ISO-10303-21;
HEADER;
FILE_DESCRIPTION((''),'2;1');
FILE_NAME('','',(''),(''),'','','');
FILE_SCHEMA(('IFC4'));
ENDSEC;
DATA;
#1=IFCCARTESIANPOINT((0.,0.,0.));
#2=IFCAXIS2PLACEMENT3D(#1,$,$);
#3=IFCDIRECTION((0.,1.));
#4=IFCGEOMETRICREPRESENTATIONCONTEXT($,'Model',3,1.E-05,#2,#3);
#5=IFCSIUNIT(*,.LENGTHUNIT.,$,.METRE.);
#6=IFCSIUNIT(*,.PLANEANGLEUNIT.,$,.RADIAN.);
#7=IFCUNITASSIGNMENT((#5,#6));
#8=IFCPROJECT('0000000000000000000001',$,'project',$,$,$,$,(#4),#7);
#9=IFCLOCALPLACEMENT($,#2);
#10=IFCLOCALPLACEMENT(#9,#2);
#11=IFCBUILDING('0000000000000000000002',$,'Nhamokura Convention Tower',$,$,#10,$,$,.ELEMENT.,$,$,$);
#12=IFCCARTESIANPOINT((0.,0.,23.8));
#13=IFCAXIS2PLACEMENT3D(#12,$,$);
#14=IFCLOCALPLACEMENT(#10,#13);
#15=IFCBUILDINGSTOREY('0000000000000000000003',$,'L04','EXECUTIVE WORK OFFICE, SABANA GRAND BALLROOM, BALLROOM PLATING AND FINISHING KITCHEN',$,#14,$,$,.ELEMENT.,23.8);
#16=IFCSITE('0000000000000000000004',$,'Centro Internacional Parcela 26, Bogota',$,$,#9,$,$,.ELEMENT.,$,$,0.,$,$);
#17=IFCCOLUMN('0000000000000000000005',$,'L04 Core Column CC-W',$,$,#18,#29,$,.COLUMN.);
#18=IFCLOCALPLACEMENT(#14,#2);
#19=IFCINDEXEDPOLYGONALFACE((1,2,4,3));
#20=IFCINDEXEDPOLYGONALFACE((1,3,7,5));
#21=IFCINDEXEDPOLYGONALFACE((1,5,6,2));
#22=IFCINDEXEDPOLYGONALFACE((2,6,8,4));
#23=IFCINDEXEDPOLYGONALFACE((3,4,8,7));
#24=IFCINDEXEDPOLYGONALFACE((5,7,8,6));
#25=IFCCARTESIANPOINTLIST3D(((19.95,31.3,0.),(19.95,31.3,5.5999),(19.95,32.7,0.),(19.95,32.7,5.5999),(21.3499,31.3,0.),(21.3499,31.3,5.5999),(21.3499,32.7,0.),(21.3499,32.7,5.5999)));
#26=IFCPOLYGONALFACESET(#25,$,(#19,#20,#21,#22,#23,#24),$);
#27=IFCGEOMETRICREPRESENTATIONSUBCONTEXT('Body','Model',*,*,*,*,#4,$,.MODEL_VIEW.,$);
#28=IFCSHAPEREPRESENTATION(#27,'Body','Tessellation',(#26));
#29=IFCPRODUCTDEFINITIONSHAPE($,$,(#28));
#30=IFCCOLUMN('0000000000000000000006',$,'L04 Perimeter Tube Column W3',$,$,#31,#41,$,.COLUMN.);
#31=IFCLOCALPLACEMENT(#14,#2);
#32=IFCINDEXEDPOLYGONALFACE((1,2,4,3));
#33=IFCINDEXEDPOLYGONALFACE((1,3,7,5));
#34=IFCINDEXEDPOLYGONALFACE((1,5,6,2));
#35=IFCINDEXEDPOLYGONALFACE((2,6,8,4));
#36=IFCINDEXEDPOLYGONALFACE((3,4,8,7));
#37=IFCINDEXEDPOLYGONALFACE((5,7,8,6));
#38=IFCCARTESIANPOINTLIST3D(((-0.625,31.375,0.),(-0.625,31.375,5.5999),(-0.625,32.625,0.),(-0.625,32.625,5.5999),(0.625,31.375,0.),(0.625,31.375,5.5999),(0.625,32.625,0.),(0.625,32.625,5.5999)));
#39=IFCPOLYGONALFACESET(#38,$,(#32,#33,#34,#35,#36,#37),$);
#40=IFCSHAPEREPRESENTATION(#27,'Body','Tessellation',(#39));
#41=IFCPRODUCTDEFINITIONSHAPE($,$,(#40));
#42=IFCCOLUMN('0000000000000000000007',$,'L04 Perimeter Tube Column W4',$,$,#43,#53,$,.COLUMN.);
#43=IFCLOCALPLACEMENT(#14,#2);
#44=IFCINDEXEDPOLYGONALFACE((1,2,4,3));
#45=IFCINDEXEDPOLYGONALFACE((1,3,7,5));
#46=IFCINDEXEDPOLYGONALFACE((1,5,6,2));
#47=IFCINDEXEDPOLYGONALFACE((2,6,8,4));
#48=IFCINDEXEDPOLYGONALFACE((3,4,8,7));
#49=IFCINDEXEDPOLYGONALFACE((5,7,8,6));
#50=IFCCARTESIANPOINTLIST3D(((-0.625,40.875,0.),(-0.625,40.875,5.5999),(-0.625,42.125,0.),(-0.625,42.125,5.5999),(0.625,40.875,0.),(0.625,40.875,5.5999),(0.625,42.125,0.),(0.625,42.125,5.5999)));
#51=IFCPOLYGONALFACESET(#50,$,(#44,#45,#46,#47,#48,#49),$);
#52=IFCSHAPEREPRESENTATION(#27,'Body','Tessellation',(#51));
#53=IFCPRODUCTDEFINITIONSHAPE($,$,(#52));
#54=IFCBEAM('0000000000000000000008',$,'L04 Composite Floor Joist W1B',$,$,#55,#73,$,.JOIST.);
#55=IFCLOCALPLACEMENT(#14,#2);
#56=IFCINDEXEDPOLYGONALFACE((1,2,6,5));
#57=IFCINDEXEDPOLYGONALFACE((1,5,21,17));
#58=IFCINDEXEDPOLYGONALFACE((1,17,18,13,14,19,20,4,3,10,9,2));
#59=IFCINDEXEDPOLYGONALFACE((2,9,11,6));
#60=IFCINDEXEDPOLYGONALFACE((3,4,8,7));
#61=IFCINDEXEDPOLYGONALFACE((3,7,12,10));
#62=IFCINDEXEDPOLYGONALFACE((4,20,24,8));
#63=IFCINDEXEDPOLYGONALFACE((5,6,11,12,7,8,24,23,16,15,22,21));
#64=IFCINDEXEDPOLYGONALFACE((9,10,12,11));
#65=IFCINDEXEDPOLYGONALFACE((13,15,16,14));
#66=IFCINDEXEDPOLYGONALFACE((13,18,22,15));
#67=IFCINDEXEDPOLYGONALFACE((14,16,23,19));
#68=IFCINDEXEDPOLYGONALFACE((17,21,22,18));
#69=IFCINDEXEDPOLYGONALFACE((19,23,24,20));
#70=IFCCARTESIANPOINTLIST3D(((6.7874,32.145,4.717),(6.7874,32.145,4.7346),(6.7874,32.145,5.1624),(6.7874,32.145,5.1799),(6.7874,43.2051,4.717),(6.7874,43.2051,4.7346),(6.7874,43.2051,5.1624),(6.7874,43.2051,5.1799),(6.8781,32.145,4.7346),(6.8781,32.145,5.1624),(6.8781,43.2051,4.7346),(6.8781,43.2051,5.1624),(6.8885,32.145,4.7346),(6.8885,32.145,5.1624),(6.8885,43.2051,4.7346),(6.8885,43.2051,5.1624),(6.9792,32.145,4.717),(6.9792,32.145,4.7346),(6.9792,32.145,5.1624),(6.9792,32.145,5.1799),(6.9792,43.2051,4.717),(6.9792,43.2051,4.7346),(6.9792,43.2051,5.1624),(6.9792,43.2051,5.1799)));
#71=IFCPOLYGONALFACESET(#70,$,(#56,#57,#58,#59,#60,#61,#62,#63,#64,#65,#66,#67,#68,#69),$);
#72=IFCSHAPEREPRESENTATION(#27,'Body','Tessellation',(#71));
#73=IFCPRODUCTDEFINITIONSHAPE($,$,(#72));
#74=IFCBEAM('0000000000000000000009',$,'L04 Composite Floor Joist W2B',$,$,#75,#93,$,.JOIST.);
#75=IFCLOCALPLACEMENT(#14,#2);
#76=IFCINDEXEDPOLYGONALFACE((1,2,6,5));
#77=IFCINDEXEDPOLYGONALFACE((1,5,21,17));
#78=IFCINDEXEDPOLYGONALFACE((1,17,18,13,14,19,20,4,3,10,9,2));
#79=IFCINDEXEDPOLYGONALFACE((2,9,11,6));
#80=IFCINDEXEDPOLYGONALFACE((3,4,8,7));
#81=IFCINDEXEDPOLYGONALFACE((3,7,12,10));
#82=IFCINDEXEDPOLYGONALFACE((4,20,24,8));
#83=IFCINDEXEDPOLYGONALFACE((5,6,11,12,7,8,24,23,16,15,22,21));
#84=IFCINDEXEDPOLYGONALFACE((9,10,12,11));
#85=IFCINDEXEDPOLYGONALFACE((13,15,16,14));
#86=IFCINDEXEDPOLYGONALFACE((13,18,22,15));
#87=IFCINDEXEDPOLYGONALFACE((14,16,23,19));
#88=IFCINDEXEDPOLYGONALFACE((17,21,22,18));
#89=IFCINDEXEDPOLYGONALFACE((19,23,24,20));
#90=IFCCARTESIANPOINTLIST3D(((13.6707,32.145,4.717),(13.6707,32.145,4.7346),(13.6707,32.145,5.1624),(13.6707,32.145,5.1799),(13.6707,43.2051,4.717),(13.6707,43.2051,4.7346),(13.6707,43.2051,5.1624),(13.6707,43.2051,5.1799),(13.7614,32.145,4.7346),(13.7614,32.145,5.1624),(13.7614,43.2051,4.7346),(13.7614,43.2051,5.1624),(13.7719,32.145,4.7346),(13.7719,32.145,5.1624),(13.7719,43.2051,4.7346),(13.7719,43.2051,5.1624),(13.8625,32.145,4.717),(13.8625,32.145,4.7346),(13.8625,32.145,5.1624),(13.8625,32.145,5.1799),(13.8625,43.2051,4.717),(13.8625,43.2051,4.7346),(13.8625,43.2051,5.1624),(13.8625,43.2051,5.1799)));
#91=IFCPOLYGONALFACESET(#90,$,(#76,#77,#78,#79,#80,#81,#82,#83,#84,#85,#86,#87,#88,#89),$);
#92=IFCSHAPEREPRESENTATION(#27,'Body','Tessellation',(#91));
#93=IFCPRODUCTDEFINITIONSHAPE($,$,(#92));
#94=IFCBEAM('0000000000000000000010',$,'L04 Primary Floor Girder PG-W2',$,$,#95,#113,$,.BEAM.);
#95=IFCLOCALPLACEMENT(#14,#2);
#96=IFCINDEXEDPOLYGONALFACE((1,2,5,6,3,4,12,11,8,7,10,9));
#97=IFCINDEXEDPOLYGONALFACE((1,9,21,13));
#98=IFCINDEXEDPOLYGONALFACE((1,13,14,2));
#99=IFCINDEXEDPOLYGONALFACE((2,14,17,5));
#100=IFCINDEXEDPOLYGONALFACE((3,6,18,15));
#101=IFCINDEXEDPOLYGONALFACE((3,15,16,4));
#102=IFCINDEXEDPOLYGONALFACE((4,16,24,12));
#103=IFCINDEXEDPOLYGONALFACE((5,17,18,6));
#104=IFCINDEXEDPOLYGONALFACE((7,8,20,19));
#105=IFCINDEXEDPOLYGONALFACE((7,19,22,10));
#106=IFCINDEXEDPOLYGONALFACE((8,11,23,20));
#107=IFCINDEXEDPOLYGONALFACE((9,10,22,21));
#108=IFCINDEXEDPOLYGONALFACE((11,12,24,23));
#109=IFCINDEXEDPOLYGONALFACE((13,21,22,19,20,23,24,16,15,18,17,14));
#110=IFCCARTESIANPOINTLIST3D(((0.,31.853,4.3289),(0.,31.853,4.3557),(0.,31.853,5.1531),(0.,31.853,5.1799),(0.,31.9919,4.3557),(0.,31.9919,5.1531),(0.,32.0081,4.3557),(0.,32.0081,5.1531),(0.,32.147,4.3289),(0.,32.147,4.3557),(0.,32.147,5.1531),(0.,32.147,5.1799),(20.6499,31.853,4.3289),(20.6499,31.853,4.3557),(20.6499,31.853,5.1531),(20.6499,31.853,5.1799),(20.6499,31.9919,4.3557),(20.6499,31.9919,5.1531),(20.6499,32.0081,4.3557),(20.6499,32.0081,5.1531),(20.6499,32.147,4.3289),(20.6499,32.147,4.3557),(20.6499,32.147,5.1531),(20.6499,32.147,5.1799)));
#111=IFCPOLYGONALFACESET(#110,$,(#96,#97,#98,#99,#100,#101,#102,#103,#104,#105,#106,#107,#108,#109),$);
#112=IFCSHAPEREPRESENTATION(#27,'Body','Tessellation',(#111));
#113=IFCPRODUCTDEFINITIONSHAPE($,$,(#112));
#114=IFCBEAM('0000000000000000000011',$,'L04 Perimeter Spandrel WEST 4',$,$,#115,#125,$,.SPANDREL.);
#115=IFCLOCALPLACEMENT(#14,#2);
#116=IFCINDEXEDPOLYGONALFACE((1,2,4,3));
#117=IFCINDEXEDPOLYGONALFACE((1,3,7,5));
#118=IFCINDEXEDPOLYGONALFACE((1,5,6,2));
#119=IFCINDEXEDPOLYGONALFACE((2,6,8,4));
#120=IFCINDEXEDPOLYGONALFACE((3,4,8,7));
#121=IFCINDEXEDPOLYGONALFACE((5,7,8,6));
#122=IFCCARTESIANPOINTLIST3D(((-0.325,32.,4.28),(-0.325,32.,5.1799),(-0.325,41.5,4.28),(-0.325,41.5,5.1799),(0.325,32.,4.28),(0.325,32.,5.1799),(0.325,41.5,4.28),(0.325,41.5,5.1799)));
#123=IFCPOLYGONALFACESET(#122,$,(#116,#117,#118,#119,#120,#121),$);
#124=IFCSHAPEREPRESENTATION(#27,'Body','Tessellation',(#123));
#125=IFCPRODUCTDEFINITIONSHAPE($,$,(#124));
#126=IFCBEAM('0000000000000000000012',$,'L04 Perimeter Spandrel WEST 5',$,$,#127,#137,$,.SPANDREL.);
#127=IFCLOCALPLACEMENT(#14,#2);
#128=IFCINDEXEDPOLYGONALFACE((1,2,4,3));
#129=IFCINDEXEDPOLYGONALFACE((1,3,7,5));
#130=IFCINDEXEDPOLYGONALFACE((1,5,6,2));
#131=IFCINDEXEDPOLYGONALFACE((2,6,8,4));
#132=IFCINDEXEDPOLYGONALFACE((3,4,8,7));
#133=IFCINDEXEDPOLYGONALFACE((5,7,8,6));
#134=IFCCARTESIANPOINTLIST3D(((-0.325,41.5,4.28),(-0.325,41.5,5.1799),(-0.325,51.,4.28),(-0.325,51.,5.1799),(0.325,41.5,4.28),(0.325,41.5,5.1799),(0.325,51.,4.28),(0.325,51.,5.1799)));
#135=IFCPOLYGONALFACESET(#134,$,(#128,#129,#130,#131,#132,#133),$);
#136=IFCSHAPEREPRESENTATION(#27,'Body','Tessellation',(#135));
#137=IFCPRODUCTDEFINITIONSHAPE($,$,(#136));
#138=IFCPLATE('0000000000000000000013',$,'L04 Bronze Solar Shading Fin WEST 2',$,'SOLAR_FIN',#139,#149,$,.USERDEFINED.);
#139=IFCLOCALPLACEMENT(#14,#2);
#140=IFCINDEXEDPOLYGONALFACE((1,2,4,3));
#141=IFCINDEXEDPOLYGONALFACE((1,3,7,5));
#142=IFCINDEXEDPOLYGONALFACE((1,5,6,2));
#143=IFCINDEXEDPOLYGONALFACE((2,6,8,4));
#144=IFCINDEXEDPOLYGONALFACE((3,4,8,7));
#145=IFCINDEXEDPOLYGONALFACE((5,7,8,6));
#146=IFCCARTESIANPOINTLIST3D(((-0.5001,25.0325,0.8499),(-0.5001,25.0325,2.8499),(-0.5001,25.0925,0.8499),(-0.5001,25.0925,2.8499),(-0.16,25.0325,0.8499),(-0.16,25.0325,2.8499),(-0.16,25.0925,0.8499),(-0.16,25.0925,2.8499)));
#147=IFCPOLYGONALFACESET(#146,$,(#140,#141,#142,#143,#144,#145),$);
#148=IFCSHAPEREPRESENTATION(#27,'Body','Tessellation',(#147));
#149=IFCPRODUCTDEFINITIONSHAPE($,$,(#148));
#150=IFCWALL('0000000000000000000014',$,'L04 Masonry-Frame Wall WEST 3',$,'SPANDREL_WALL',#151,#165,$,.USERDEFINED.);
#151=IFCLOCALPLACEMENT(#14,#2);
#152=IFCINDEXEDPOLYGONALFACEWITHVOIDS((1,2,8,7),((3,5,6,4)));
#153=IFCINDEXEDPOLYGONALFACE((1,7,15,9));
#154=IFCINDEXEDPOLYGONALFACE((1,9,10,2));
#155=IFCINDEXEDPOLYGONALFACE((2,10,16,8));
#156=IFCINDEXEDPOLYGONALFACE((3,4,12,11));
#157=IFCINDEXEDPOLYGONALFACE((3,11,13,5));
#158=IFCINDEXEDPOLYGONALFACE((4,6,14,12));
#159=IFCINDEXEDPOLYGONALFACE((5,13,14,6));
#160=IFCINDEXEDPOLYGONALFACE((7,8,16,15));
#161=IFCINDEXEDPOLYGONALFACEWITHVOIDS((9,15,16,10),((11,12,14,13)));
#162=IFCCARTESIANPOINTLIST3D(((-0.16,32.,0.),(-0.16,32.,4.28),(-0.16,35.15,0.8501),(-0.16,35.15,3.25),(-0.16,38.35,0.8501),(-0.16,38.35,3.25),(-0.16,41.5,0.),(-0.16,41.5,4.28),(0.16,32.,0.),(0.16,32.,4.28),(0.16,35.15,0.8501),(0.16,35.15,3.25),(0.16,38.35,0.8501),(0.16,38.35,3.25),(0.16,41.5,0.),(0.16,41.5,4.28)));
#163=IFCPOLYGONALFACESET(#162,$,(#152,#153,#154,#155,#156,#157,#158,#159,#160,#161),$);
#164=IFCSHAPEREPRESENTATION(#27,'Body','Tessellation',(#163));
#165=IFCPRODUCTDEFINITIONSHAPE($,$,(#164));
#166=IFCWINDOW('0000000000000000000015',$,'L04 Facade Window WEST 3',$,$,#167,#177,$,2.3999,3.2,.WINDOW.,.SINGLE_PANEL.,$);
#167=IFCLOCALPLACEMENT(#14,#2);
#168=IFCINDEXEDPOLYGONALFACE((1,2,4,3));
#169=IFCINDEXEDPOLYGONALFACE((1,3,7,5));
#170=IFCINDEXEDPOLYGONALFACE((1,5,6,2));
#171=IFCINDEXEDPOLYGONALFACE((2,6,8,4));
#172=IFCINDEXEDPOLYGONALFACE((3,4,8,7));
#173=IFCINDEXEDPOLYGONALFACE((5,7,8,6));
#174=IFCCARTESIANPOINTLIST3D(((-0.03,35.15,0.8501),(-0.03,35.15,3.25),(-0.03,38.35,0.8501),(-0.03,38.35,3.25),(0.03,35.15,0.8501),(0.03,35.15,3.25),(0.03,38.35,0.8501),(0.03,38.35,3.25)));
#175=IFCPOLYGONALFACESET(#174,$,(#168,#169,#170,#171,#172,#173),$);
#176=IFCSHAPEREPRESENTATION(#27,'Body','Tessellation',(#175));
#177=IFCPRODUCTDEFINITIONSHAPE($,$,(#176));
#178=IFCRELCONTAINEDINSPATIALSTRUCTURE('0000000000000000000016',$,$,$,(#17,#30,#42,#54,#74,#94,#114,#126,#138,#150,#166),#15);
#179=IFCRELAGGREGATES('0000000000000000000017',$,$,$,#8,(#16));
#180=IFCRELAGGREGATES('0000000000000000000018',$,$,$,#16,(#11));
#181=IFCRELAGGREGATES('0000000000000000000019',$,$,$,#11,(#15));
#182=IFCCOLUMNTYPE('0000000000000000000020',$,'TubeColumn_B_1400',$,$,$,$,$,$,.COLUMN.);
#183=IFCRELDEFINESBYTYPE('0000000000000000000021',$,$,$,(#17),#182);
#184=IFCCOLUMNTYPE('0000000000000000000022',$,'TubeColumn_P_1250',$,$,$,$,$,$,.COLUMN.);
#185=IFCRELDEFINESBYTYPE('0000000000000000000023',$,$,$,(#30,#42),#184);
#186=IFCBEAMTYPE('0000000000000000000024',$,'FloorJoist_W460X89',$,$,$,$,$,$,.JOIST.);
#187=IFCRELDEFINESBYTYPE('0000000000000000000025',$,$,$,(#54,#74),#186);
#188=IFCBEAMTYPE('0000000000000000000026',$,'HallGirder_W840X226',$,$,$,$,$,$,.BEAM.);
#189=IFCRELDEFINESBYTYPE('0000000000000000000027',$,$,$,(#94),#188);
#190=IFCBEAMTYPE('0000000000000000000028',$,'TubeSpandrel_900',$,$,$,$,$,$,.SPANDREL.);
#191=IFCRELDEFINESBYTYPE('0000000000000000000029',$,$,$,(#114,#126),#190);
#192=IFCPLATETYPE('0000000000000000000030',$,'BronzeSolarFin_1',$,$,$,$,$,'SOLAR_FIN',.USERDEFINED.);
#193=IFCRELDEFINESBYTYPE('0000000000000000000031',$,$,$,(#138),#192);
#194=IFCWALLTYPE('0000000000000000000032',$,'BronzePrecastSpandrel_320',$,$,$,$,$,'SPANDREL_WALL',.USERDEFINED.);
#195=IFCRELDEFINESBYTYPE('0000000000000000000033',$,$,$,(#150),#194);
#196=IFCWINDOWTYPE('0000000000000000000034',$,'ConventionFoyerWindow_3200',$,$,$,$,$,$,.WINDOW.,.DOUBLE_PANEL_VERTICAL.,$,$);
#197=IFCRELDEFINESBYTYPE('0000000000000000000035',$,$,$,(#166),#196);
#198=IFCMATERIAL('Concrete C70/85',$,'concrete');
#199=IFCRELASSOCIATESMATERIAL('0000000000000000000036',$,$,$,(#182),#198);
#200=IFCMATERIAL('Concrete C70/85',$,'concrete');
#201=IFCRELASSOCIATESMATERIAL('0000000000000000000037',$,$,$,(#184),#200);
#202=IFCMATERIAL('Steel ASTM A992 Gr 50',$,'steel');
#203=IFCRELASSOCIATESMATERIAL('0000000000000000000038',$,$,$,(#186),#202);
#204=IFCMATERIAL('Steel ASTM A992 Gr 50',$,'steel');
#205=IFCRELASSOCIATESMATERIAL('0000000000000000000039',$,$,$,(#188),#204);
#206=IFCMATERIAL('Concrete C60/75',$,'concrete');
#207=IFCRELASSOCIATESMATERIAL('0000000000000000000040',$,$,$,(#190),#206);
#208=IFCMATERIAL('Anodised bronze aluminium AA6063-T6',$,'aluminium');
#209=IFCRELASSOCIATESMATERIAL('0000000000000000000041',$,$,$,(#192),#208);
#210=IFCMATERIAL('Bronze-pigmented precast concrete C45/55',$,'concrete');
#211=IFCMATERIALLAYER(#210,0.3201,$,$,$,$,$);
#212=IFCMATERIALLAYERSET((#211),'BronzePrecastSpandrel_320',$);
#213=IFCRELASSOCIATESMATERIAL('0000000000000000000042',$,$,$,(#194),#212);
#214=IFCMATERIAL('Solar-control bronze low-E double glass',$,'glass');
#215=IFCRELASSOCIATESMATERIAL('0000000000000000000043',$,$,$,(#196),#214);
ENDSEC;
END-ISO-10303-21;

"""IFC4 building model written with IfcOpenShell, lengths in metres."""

from ifc_helpers import new_model, si_unit, direction, frame, frame_2d, origin, origin_2d, place, context, subcontext, project, spatial, rectangle, i_section, extrude, material, layer, layer_set, material_profile, profile_set, type_object, element, fill, save


model = new_model("IFC4")

# Units and contexts
model_context = context("Model", 3, precision=1e-05, world=origin(), true_north=direction((0.0, 1.0)))
body_context = subcontext(model_context, "Body", "Model", "MODEL_VIEW")
ifc_project = project(units=[si_unit("LENGTHUNIT", "METRE"), si_unit("PLANEANGLEUNIT", "RADIAN")], contexts=[model_context])

# Site, building, storey
site_placement = place(None, origin())
site = spatial("IfcSite", under=ifc_project, at=site_placement, Name="Centro Internacional Parcela 26, Bogota", CompositionType="ELEMENT", RefElevation=0.0)
building_placement = place(site_placement, origin())
building = spatial("IfcBuilding", under=site, at=building_placement, Name="Nhamokura Convention Tower", CompositionType="ELEMENT")
storey_placement = place(building_placement, frame((0.0, 0.0, 23.8)))
storey = spatial("IfcBuildingStorey", under=building, at=storey_placement, Name="L04", Description="EXECUTIVE WORK OFFICE, SABANA GRAND BALLROOM, BALLROOM PLATING AND FINISHING KITCHEN", CompositionType="ELEMENT", Elevation=23.8)

# Columns
ifc_material_1 = material(Name="Concrete C70/85", Category="concrete")
ifc_material_profile_1 = material_profile(ifc_material_1, rectangle(XDim=1.3999, YDim=1.3999, at=origin_2d()))
ifc_profile_set_1 = profile_set([ifc_material_profile_1], Name="Concrete C70/85")
column_type_1 = type_object("IfcColumnType", Name="TubeColumn_B_1400", PredefinedType="COLUMN", material=ifc_profile_set_1)
column_placement = place(storey_placement, frame((20.6499, 32.0, 0.0), z_axis=(0.0, 0.0, 1.0), x_axis=(1.0, 0.0, 0.0)))
element("IfcColumn", 1, at=column_placement, inside=storey, type_object=column_type_1, Name="L04 Core Column CC-W", PredefinedType="COLUMN", context=body_context, shape_type="SweptSolid", body=[
    extrude(rectangle(XDim=1.3999, YDim=1.3999, at=origin_2d()), origin(), (0.0, 0.0, 1.0), 5.5999),
])
ifc_material_2 = material(Name="Concrete C70/85", Category="concrete")
ifc_material_profile_2 = material_profile(ifc_material_2, rectangle(XDim=1.25, YDim=1.25, at=origin_2d()))
ifc_profile_set_2 = profile_set([ifc_material_profile_2], Name="Concrete C70/85")
column_type_2 = type_object("IfcColumnType", Name="TubeColumn_P_1250", PredefinedType="COLUMN", material=ifc_profile_set_2)
for number, where, z_axis, x_axis, name in (
    (2, (0.0, 32.0, 0.0), (0.0, 0.0, 1.0), (1.0, 0.0, 0.0), "L04 Perimeter Tube Column W3"),
    (3, (0.0, 41.5, 0.0), (0.0, 0.0, 1.0), (1.0, 0.0, 0.0), "L04 Perimeter Tube Column W4"),
):
    element("IfcColumn", number, at=place(storey_placement, frame(where, z_axis=z_axis, x_axis=x_axis)), inside=storey, type_object=column_type_2, Name=name, PredefinedType="COLUMN", context=body_context, shape_type="SweptSolid", body=[
        extrude(rectangle(XDim=1.25, YDim=1.25, at=origin_2d()), origin(), (0.0, 0.0, 1.0), 5.5999),
    ])

# Beams
ifc_material_3 = material(Name="Steel ASTM A992 Gr 50", Category="steel")
ifc_material_profile_3 = material_profile(ifc_material_3, i_section(OverallWidth=0.1919, OverallDepth=0.4629, WebThickness=0.0105, FlangeThickness=0.0176, at=origin_2d()))
ifc_profile_set_3 = profile_set([ifc_material_profile_3], Name="Steel ASTM A992 Gr 50")
beam_type_1 = type_object("IfcBeamType", Name="FloorJoist_W460X89", PredefinedType="JOIST", material=ifc_profile_set_3)
for number, where, z_axis, x_axis, name in (
    (4, (6.8833, 32.145, 4.9485), (0.0, 1.0, 0.0), (-1.0, 0.0, 0.0), "L04 Composite Floor Joist W1B"),
    (5, (13.7666, 32.145, 4.9485), (0.0, 1.0, 0.0), (-1.0, 0.0, 0.0), "L04 Composite Floor Joist W2B"),
):
    element("IfcBeam", number, at=place(storey_placement, frame(where, z_axis=z_axis, x_axis=x_axis)), inside=storey, type_object=beam_type_1, Name=name, PredefinedType="JOIST", context=body_context, shape_type="SweptSolid", body=[
        extrude(i_section(OverallWidth=0.1919, OverallDepth=0.4629, WebThickness=0.0105, FlangeThickness=0.0176, at=origin_2d()), origin(), (0.0, 0.0, 1.0), 11.0601),
    ])
ifc_material_4 = material(Name="Steel ASTM A992 Gr 50", Category="steel")
ifc_material_profile_4 = material_profile(ifc_material_4, i_section(OverallWidth=0.2939, OverallDepth=0.8511, WebThickness=0.0161, FlangeThickness=0.0269, at=origin_2d()))
ifc_profile_set_4 = profile_set([ifc_material_profile_4], Name="Steel ASTM A992 Gr 50")
beam_type_2 = type_object("IfcBeamType", Name="HallGirder_W840X226", PredefinedType="BEAM", material=ifc_profile_set_4)
beam_placement = place(storey_placement, frame((0.0, 32.0, 4.7544), z_axis=(1.0, 0.0, 0.0), x_axis=(0.0, 1.0, 0.0)))
element("IfcBeam", 6, at=beam_placement, inside=storey, type_object=beam_type_2, Name="L04 Primary Floor Girder PG-W2", PredefinedType="BEAM", context=body_context, shape_type="SweptSolid", body=[
    extrude(i_section(OverallWidth=0.2939, OverallDepth=0.8511, WebThickness=0.0161, FlangeThickness=0.0269, at=origin_2d()), origin(), (0.0, 0.0, 1.0), 20.6499),
])
ifc_material_5 = material(Name="Concrete C60/75", Category="concrete")
ifc_material_profile_5 = material_profile(ifc_material_5, rectangle(XDim=0.6499, YDim=0.8999, at=origin_2d()))
ifc_profile_set_5 = profile_set([ifc_material_profile_5], Name="Concrete C60/75")
beam_type_3 = type_object("IfcBeamType", Name="TubeSpandrel_900", PredefinedType="SPANDREL", material=ifc_profile_set_5)
for number, where, z_axis, x_axis, name in (
    (7, (0.0, 32.0, 4.73), (0.0, 1.0, 0.0), (-1.0, 0.0, 0.0), "L04 Perimeter Spandrel WEST 4"),
    (8, (0.0, 41.5, 4.73), (0.0, 1.0, 0.0), (-1.0, 0.0, 0.0), "L04 Perimeter Spandrel WEST 5"),
):
    element("IfcBeam", number, at=place(storey_placement, frame(where, z_axis=z_axis, x_axis=x_axis)), inside=storey, type_object=beam_type_3, Name=name, PredefinedType="SPANDREL", context=body_context, shape_type="SweptSolid", body=[
        extrude(rectangle(XDim=0.6499, YDim=0.8999, at=origin_2d()), origin(), (0.0, 0.0, 1.0), 9.5),
    ])

# Plate
ifc_material_6 = material(Name="Anodised bronze aluminium AA6063-T6", Category="aluminium")
plate_type = type_object("IfcPlateType", Name="BronzeSolarFin_1", ElementType="SOLAR_FIN", PredefinedType="USERDEFINED", material=ifc_material_6)
plate_placement = place(storey_placement, frame((-0.3301, 25.0625, 0.8499), z_axis=(0.0, 0.0, 1.0), x_axis=(1.0, 0.0, 0.0)))
element("IfcPlate", 9, at=plate_placement, inside=storey, type_object=plate_type, Name="L04 Bronze Solar Shading Fin WEST 2", ObjectType="SOLAR_FIN", PredefinedType="USERDEFINED", context=body_context, shape_type="SweptSolid", body=[
    extrude(rectangle(XDim=0.3401, YDim=0.0601, at=origin_2d()), origin(), (0.0, 0.0, 1.0), 2.0),
])

# Wall, opening, window
ifc_material_7 = material(Name="Bronze-pigmented precast concrete C45/55", Category="concrete")
ifc_layer_1 = layer(ifc_material_7, 0.3201)
ifc_layer_set_1 = layer_set([ifc_layer_1], Name="BronzePrecastSpandrel_320")
wall_type_1 = type_object("IfcWallType", Name="BronzePrecastSpandrel_320", ElementType="SPANDREL_WALL", PredefinedType="USERDEFINED", material=ifc_layer_set_1)
wall_1_placement = place(storey_placement, frame((0.0, 32.0, 0.0), z_axis=(0.0, 0.0, 1.0), x_axis=(0.0, 1.0, 0.0)))
wall_1 = element("IfcWall", 10, at=wall_1_placement, inside=storey, type_object=wall_type_1, Name="L04 Masonry-Frame Wall WEST 3", ObjectType="SPANDREL_WALL", PredefinedType="USERDEFINED", context=body_context, shape_type="SweptSolid", body=[
    extrude(rectangle(XDim=9.5, YDim=0.3201, at=frame_2d((4.75, 0.0))), origin(), (0.0, 0.0, 1.0), 4.28),
])
opening_1_placement = place(wall_1_placement, frame((3.1499, 0.0, 0.8501)))
opening_1 = element("IfcOpeningElement", 11, at=opening_1_placement, cuts=wall_1, PredefinedType="OPENING", context=body_context, shape_type="SweptSolid", body=[
    extrude(rectangle(XDim=3.2, YDim=2.3999, at=frame_2d((1.6001, 1.2))), frame((0.0, 0.1699, 0.0), z_axis=(0.0, -1.0, 0.0), x_axis=(1.0, 0.0, 0.0)), (0.0, 0.0, 1.0), 0.3401),
])
ifc_material_8 = material(Name="Solar-control bronze low-E double glass", Category="glass")
window_type_1 = type_object("IfcWindowType", Name="ConventionFoyerWindow_3200", PartitioningType="DOUBLE_PANEL_VERTICAL", PredefinedType="WINDOW", material=ifc_material_8)
window_1_placement = place(opening_1_placement, origin())
window_1 = element("IfcWindow", 12, at=window_1_placement, inside=storey, type_object=window_type_1, Name="L04 Facade Window WEST 3", OverallHeight=2.3999, OverallWidth=3.2, PartitioningType="SINGLE_PANEL", PredefinedType="WINDOW", context=body_context, shape_type="SweptSolid", body=[
    extrude(rectangle(XDim=3.2, YDim=2.3999, at=frame_2d((1.6001, 1.2))), frame((0.0, 0.03, 0.0), z_axis=(0.0, -1.0, 0.0), x_axis=(1.0, 0.0, 0.0)), (0.0, 0.0, 1.0), 0.0601),
])
fill(opening_1, window_1)

save(model, "model.ifc")
